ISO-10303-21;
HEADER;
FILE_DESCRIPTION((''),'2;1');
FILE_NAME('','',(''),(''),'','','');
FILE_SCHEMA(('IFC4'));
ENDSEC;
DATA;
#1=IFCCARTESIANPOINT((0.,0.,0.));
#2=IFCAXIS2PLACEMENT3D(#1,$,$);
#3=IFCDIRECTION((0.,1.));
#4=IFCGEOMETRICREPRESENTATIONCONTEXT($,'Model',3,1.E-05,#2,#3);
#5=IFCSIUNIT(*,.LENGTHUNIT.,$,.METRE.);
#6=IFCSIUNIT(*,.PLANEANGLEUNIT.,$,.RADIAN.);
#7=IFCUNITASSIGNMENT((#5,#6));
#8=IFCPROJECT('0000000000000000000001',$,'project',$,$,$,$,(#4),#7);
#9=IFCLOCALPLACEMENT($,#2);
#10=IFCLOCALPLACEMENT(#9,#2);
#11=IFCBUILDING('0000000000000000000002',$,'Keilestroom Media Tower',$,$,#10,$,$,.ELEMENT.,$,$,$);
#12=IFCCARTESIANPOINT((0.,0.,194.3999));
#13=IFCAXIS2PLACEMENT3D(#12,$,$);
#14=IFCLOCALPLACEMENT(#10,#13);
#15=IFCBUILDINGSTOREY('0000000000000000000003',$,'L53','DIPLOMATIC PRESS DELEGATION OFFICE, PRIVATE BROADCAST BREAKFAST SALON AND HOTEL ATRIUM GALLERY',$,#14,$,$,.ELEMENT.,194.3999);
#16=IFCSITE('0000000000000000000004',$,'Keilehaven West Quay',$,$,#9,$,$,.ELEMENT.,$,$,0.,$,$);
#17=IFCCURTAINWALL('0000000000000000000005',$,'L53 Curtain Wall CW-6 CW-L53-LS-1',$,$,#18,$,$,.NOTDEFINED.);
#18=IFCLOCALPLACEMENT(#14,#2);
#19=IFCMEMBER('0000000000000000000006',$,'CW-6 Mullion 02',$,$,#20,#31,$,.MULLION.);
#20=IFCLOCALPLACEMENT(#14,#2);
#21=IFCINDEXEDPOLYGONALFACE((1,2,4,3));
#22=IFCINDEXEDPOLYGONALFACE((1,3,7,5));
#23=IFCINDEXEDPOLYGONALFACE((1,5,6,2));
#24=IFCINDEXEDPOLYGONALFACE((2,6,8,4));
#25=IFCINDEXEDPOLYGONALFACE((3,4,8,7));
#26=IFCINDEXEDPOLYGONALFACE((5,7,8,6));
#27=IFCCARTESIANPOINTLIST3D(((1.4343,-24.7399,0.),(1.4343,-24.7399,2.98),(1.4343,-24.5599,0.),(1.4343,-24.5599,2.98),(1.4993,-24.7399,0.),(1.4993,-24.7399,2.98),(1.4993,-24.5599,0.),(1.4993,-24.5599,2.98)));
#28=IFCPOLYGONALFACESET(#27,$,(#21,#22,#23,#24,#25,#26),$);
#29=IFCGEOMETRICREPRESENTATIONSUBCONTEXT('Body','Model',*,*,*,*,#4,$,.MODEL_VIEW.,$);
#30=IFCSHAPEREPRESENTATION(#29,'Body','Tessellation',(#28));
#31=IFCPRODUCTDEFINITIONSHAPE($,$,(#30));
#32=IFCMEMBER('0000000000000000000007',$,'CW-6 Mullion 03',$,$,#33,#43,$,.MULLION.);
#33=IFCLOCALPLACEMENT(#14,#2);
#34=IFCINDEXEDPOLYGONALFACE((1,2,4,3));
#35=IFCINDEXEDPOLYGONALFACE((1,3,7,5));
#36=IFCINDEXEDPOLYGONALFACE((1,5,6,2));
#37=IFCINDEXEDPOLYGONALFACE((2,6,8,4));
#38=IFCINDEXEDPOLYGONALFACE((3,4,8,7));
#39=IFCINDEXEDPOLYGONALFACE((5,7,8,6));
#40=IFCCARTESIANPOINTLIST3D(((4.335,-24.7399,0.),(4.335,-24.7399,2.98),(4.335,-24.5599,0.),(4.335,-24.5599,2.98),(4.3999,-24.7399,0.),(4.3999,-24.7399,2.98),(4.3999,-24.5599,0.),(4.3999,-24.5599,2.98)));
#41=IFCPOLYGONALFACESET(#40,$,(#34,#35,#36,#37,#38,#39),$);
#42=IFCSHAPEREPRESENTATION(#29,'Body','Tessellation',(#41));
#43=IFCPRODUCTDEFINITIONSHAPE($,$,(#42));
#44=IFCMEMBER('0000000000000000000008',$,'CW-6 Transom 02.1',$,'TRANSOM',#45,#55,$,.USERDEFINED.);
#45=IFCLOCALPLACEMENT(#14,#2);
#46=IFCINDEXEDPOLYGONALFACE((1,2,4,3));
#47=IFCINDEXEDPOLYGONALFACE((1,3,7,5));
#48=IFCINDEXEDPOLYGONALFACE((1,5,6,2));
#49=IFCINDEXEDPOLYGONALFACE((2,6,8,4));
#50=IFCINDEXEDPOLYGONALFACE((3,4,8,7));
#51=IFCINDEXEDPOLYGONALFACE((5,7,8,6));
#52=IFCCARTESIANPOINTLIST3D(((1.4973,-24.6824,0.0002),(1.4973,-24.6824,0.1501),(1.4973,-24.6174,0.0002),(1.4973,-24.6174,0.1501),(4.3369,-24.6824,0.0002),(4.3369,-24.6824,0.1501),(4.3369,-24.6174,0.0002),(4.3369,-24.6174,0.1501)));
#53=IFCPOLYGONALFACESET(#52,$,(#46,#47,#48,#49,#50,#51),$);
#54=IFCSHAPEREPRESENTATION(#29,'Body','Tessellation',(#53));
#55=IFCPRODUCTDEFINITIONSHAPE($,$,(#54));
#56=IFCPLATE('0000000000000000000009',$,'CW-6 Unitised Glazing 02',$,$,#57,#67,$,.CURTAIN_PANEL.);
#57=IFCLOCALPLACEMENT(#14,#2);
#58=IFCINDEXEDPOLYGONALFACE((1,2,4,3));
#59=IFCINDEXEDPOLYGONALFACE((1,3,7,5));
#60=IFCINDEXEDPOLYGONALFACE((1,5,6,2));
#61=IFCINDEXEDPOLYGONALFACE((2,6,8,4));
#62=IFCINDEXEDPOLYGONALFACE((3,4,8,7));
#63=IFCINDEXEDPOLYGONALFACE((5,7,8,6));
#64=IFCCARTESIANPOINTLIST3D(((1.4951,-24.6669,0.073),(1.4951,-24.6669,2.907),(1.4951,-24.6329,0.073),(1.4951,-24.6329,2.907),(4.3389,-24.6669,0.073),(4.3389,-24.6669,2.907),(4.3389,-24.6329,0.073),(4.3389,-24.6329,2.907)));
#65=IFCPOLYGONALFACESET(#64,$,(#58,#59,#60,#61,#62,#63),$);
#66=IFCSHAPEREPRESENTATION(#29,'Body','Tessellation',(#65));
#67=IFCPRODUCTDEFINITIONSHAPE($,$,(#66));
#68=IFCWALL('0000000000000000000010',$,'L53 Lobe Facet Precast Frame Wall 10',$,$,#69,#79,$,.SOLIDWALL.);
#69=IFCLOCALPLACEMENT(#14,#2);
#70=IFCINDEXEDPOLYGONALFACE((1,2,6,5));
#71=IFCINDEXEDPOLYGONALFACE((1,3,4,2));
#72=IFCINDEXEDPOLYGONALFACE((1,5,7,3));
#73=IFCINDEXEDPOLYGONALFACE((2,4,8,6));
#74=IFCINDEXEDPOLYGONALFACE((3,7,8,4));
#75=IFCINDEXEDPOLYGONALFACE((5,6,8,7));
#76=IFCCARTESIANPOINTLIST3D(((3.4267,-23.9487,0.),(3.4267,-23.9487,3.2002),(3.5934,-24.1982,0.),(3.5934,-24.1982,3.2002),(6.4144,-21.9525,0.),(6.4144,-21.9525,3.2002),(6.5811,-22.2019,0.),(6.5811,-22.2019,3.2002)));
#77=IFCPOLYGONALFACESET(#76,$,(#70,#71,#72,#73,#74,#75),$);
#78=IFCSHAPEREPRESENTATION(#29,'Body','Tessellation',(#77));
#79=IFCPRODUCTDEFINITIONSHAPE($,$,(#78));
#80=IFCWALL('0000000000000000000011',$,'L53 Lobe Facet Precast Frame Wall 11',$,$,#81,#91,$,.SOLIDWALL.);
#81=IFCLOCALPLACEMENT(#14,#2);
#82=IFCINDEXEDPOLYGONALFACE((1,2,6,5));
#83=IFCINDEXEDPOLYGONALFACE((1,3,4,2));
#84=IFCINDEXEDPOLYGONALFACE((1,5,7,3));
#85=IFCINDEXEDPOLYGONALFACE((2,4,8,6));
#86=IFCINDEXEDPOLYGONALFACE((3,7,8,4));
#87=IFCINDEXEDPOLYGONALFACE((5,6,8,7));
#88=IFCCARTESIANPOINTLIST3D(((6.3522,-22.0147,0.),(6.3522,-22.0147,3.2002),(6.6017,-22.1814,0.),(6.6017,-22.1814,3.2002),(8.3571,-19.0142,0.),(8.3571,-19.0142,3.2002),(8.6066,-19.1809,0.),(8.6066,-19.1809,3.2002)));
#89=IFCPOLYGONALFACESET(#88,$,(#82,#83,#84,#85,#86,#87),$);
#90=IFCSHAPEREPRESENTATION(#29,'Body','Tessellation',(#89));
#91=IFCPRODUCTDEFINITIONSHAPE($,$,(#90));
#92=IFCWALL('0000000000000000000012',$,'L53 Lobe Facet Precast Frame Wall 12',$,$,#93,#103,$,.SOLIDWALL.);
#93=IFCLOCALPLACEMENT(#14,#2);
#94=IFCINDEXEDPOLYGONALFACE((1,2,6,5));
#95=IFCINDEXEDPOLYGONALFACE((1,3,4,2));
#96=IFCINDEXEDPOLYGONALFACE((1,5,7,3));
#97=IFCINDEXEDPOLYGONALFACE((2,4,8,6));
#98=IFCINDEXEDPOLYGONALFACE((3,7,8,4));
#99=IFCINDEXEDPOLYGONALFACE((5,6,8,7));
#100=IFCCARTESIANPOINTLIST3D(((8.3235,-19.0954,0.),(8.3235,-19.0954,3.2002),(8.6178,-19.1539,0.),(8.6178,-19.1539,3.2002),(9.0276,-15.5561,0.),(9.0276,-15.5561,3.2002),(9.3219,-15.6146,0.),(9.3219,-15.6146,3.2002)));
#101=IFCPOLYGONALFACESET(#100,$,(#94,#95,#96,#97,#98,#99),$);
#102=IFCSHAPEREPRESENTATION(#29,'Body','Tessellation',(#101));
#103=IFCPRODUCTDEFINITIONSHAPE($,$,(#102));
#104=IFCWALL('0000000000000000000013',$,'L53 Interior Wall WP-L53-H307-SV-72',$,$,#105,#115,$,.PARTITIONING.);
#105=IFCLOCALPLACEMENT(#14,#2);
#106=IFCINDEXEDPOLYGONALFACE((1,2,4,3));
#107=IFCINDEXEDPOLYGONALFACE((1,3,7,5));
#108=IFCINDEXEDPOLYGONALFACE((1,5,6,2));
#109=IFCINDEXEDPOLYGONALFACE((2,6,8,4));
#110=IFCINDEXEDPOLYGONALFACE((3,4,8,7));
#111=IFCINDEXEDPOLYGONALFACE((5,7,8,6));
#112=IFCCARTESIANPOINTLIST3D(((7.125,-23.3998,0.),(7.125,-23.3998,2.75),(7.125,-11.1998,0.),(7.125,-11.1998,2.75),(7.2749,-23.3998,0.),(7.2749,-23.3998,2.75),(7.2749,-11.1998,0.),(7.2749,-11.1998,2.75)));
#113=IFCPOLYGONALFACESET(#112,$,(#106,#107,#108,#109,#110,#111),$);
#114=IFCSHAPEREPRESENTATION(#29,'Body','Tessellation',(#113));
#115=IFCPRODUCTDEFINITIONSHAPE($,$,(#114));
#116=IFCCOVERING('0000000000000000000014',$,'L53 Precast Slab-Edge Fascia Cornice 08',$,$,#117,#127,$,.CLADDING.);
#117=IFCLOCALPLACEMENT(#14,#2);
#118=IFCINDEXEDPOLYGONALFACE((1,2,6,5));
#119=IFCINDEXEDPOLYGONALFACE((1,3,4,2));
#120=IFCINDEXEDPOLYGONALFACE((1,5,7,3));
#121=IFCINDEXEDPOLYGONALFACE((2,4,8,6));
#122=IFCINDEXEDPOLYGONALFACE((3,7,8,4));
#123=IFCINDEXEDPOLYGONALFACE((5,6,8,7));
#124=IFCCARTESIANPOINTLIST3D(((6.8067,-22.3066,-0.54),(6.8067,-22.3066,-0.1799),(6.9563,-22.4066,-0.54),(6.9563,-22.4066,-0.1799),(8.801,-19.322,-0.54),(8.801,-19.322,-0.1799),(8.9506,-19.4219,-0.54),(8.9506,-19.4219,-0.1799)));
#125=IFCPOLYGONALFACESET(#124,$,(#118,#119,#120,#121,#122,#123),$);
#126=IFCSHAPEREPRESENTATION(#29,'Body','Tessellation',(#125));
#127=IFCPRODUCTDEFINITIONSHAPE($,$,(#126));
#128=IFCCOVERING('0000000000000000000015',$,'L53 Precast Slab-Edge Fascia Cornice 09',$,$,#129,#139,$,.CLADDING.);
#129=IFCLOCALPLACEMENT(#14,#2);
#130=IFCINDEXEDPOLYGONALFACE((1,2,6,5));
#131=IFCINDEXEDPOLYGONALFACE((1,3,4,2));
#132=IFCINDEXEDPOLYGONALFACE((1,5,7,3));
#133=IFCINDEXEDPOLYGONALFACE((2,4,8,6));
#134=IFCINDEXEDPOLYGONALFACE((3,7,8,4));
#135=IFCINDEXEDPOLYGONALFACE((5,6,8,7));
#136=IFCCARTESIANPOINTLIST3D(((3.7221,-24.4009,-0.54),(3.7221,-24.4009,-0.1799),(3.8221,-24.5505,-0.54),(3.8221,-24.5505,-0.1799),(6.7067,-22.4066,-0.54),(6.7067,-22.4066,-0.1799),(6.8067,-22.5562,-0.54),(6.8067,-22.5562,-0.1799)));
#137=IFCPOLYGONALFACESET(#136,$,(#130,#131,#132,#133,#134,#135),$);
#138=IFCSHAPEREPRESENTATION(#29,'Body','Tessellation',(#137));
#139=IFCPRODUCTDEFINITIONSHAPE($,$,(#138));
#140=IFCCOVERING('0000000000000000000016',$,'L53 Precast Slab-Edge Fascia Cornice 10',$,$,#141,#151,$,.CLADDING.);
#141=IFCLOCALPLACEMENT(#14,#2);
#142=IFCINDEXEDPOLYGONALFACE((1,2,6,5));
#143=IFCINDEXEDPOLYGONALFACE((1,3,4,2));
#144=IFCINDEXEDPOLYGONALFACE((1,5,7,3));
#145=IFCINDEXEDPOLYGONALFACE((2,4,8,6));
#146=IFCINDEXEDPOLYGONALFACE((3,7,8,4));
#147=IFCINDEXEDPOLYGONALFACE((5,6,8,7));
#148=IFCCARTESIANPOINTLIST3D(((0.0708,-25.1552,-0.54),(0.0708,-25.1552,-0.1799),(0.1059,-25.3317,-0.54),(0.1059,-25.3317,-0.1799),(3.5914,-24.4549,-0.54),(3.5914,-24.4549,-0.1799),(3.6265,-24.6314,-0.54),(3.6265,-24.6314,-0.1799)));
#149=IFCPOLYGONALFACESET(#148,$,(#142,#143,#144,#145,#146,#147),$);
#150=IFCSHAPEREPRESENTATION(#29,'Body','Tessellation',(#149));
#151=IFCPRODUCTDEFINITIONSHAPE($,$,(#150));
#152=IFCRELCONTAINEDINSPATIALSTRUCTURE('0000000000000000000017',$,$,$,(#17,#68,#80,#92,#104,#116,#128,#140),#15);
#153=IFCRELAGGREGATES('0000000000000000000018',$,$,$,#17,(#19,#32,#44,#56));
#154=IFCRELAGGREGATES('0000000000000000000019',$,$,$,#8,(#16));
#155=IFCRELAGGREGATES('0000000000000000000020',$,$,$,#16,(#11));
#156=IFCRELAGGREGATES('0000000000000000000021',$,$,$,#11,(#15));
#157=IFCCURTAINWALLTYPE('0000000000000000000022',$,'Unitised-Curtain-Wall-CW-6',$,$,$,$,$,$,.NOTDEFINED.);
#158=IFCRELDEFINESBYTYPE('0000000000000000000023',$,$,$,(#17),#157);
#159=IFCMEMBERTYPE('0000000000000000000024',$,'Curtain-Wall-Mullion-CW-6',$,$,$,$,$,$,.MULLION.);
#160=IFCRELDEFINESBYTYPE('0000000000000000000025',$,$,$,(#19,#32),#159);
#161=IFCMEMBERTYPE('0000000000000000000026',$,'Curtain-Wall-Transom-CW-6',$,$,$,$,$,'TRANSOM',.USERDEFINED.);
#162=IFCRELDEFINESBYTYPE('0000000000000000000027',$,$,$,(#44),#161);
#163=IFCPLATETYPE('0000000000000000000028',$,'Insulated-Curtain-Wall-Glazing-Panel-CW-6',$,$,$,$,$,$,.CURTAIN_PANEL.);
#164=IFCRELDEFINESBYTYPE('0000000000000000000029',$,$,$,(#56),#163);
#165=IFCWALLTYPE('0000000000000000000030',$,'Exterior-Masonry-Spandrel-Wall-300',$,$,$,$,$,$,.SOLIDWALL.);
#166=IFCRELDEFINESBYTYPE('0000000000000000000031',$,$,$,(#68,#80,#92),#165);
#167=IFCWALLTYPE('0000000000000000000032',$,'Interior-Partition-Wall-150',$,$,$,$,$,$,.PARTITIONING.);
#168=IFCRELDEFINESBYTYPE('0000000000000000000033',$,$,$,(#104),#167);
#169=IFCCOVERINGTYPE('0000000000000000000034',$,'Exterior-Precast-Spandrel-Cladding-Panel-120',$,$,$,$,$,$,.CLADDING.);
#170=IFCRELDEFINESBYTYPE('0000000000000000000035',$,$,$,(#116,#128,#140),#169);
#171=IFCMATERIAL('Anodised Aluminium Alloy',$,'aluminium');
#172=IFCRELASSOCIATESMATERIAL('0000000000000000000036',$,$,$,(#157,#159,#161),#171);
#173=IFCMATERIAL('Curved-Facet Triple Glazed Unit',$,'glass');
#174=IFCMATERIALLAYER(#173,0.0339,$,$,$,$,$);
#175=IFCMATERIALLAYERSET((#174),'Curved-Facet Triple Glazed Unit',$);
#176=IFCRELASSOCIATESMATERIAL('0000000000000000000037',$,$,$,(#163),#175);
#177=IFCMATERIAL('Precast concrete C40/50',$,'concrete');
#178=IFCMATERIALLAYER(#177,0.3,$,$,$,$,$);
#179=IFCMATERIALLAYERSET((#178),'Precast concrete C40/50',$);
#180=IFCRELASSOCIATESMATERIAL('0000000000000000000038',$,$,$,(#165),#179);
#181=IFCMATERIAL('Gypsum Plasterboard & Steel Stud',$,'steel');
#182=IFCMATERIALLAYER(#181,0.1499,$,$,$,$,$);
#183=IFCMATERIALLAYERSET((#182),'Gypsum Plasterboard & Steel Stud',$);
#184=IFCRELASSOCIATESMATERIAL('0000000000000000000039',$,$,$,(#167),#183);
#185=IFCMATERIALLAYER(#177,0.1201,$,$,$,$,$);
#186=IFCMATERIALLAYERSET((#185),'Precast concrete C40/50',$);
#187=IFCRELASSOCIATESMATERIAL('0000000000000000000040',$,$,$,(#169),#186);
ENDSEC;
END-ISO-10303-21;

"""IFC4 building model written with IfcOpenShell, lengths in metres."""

from ifc_helpers import new_model, si_unit, direction, frame, frame_2d, origin, origin_2d, place, context, subcontext, project, spatial, rectangle, extrude, source, transform, mapped, material, layer, layer_set, material_profile, profile_set, type_object, element, aggregate, save


model = new_model("IFC4")

# Units and contexts
model_context = context("Model", 3, precision=1e-05, world=origin(), true_north=direction((0.0, 1.0)))
body_context = subcontext(model_context, "Body", "Model", "MODEL_VIEW")
ifc_project = project(units=[si_unit("LENGTHUNIT", "METRE"), si_unit("PLANEANGLEUNIT", "RADIAN")], contexts=[model_context])

# Site, building, storey
site_placement = place(None, origin())
site = spatial("IfcSite", under=ifc_project, at=site_placement, Name="Keilehaven West Quay", CompositionType="ELEMENT", RefElevation=0.0)
building_placement = place(site_placement, origin())
building = spatial("IfcBuilding", under=site, at=building_placement, Name="Keilestroom Media Tower", CompositionType="ELEMENT")
storey_placement = place(building_placement, frame((0.0, 0.0, 194.3999)))
storey = spatial("IfcBuildingStorey", under=building, at=storey_placement, Name="L53", Description="DIPLOMATIC PRESS DELEGATION OFFICE, PRIVATE BROADCAST BREAKFAST SALON AND HOTEL ATRIUM GALLERY", CompositionType="ELEMENT", Elevation=194.3999)

# Curtain wall, members, plate
ifc_material_1 = material(Name="Anodised Aluminium Alloy", Category="aluminium")
curtain_wall_type = type_object("IfcCurtainWallType", Name="Unitised-Curtain-Wall-CW-6", PredefinedType="NOTDEFINED", material=ifc_material_1)
curtain_wall_placement = place(storey_placement, origin())
curtain_wall = element("IfcCurtainWall", 1, at=curtain_wall_placement, inside=storey, type_object=curtain_wall_type, Name="L53 Curtain Wall CW-6 CW-L53-LS-1", PredefinedType="NOTDEFINED")
ifc_material_profile_1 = material_profile(ifc_material_1, rectangle(XDim=0.0649, YDim=0.1799, at=origin_2d()), Name="ALU MULLION 65x180")
ifc_profile_set_1 = profile_set([ifc_material_profile_1], Name="Anodised Aluminium Alloy")
member_type_1 = type_object("IfcMemberType", Name="Curtain-Wall-Mullion-CW-6", PredefinedType="MULLION", material=ifc_profile_set_1)
shared_shape_1 = source(origin(), body_context, "Body", "SweptSolid", [
    extrude(rectangle(XDim=0.0649, YDim=0.1799, at=origin_2d()), origin(), (0.0, 0.0, 1.0), 2.98),
])
member_1_placement = place(storey_placement, frame((1.4668, -24.6499, 0.0), z_axis=(0.0, 0.0, 1.0), x_axis=(1.0, 0.0, 0.0)))
member_1 = element("IfcMember", 2, at=member_1_placement, type_object=member_type_1, Name="CW-6 Mullion 02", PredefinedType="MULLION", context=body_context, shape_type="MappedRepresentation", body=[
    mapped(shared_shape_1, transform((0.0, 0.0, 0.0), x_axis=(1.0, 0.0, 0.0), y_axis=(0.0, 1.0, 0.0), z_axis=(0.0, 0.0, 1.0), scale=1.0)),
])
member_2_placement = place(storey_placement, frame((4.3674, -24.6499, 0.0), z_axis=(0.0, 0.0, 1.0), x_axis=(1.0, 0.0, 0.0)))
member_2 = element("IfcMember", 3, at=member_2_placement, type_object=member_type_1, Name="CW-6 Mullion 03", PredefinedType="MULLION", context=body_context, shape_type="MappedRepresentation", body=[
    mapped(shared_shape_1, transform((0.0, 0.0, 0.0), x_axis=(1.0, 0.0, 0.0), y_axis=(0.0, 1.0, 0.0), z_axis=(0.0, 0.0, 1.0), scale=1.0)),
])
ifc_material_profile_2 = material_profile(ifc_material_1, rectangle(XDim=0.0649, YDim=0.1499, at=origin_2d()), Name="ALU TRANSOM 65x150")
ifc_profile_set_2 = profile_set([ifc_material_profile_2], Name="Anodised Aluminium Alloy")
member_type_2 = type_object("IfcMemberType", Name="Curtain-Wall-Transom-CW-6", ElementType="TRANSOM", PredefinedType="USERDEFINED", material=ifc_profile_set_2)
shared_shape_2 = source(origin(), body_context, "Body", "SweptSolid", [
    extrude(rectangle(XDim=0.0649, YDim=0.1499, at=origin_2d()), origin(), (0.0, 0.0, 1.0), 2.8396),
])
member_3_placement = place(storey_placement, frame((1.4973, -24.6499, 0.0752), z_axis=(1.0, 0.0, 0.0), x_axis=(0.0, 1.0, 0.0)))
member_3 = element("IfcMember", 4, at=member_3_placement, type_object=member_type_2, Name="CW-6 Transom 02.1", ObjectType="TRANSOM", PredefinedType="USERDEFINED", context=body_context, shape_type="MappedRepresentation", body=[
    mapped(shared_shape_2, transform((0.0, 0.0, 0.0), x_axis=(1.0, 0.0, 0.0), y_axis=(0.0, 1.0, 0.0), z_axis=(0.0, 0.0, 1.0), scale=1.0)),
])
ifc_material_2 = material(Name="Curved-Facet Triple Glazed Unit", Category="glass")
ifc_layer_1 = layer(ifc_material_2, 0.0339)
ifc_layer_set_1 = layer_set([ifc_layer_1], Name="Curved-Facet Triple Glazed Unit")
plate_type = type_object("IfcPlateType", Name="Insulated-Curtain-Wall-Glazing-Panel-CW-6", PredefinedType="CURTAIN_PANEL", material=ifc_layer_set_1)
shared_shape_3 = source(origin(), body_context, "Body", "SweptSolid", [
    extrude(rectangle(XDim=2.8438, YDim=0.0339, at=origin_2d()), origin(), (0.0, 0.0, 1.0), 2.834),
])
plate_placement = place(storey_placement, frame((2.917, -24.6499, 0.073), z_axis=(0.0, 0.0, 1.0), x_axis=(1.0, 0.0, 0.0)))
plate = element("IfcPlate", 5, at=plate_placement, type_object=plate_type, Name="CW-6 Unitised Glazing 02", PredefinedType="CURTAIN_PANEL", context=body_context, shape_type="MappedRepresentation", body=[
    mapped(shared_shape_3, transform((0.0, 0.0, 0.0), x_axis=(1.0, 0.0, 0.0), y_axis=(0.0, 1.0, 0.0), z_axis=(0.0, 0.0, 1.0), scale=1.0)),
])
aggregate(curtain_wall, [member_1, member_2, member_3, plate])

# Walls
ifc_material_3 = material(Name="Precast concrete C40/50", Category="concrete")
ifc_layer_2 = layer(ifc_material_3, 0.3)
ifc_layer_set_2 = layer_set([ifc_layer_2], Name="Precast concrete C40/50")
wall_type_1 = type_object("IfcWallType", Name="Exterior-Masonry-Spandrel-Wall-300", PredefinedType="SOLIDWALL", material=ifc_layer_set_2)
wall_1_placement = place(storey_placement, frame((3.51, -24.0735, 0.0), z_axis=(0.0, 0.0, 1.0), x_axis=(0.831475, 0.555562, 0.0)))
element("IfcWall", 6, at=wall_1_placement, inside=storey, type_object=wall_type_1, Name="L53 Lobe Facet Precast Frame Wall 10", PredefinedType="SOLIDWALL", context=body_context, shape_type="SweptSolid", body=[
    extrude(rectangle(XDim=3.5933, YDim=0.3, at=frame_2d((1.7966, 0.0))), origin(), (0.0, 0.0, 1.0), 3.2002),
])
for number, where, z_axis, x_axis, name in (
    (7, (6.4771, -22.0979, 0.0), (0.0, 0.0, 1.0), (0.555574, 0.831467, 0.0), "L53 Lobe Facet Precast Frame Wall 11"),
    (8, (8.4707, -19.1245, 0.0), (0.0, 0.0, 1.0), (0.195114, 0.980781, 0.0), "L53 Lobe Facet Precast Frame Wall 12"),
):
    element("IfcWall", number, at=place(storey_placement, frame(where, z_axis=z_axis, x_axis=x_axis)), inside=storey, type_object=wall_type_1, Name=name, PredefinedType="SOLIDWALL", context=body_context, shape_type="SweptSolid", body=[
        extrude(rectangle(XDim=3.6086, YDim=0.3, at=frame_2d((1.8042, 0.0))), origin(), (0.0, 0.0, 1.0), 3.2002),
    ])
ifc_material_4 = material(Name="Gypsum Plasterboard & Steel Stud", Category="steel")
ifc_layer_3 = layer(ifc_material_4, 0.1499)
ifc_layer_set_3 = layer_set([ifc_layer_3], Name="Gypsum Plasterboard & Steel Stud")
wall_type_2 = type_object("IfcWallType", Name="Interior-Partition-Wall-150", PredefinedType="PARTITIONING", material=ifc_layer_set_3)
wall_2_placement = place(storey_placement, frame((7.2, -23.3999, 0.0), z_axis=(0.0, 0.0, 1.0), x_axis=(0.0, 1.0, 0.0)))
element("IfcWall", 9, at=wall_2_placement, inside=storey, type_object=wall_type_2, Name="L53 Interior Wall WP-L53-H307-SV-72", PredefinedType="PARTITIONING", context=body_context, shape_type="SweptSolid", body=[
    extrude(rectangle(XDim=12.2, YDim=0.1499, at=frame_2d((6.1001, 0.0))), origin(), (0.0, 0.0, 1.0), 2.75),
])

# Coverings
ifc_layer_4 = layer(ifc_material_3, 0.1201)
ifc_layer_set_4 = layer_set([ifc_layer_4], Name="Precast concrete C40/50")
covering_type = type_object("IfcCoveringType", Name="Exterior-Precast-Spandrel-Cladding-Panel-120", PredefinedType="CLADDING", material=ifc_layer_set_4)
shared_shape_4 = source(origin(), body_context, "Body", "SweptSolid", [
    extrude(rectangle(XDim=3.5896, YDim=0.1799, at=origin_2d()), origin(), (0.0, 0.0, 1.0), 0.3601),
])
for number, where, z_axis, x_axis, name in (
    (10, (7.8787, -20.8643, -0.54), (0.0, 0.0, 1.0), (-0.555575, -0.831467, 0.0), "L53 Precast Slab-Edge Fascia Cornice 08"),
    (11, (5.2644, -23.4785, -0.54), (0.0, 0.0, 1.0), (-0.831467, -0.555575, 0.0), "L53 Precast Slab-Edge Fascia Cornice 09"),
    (12, (1.8486, -24.8933, -0.54), (0.0, 0.0, 1.0), (-0.980784, -0.195099, 0.0), "L53 Precast Slab-Edge Fascia Cornice 10"),
):
    element("IfcCovering", number, at=place(storey_placement, frame(where, z_axis=z_axis, x_axis=x_axis)), inside=storey, type_object=covering_type, Name=name, PredefinedType="CLADDING", context=body_context, shape_type="MappedRepresentation", body=[
        mapped(shared_shape_4, transform((0.0, 0.0, 0.0), x_axis=(1.0, 0.0, 0.0), y_axis=(0.0, 1.0, 0.0), z_axis=(0.0, 0.0, 1.0), scale=1.0)),
    ])

save(model, "model.ifc")
